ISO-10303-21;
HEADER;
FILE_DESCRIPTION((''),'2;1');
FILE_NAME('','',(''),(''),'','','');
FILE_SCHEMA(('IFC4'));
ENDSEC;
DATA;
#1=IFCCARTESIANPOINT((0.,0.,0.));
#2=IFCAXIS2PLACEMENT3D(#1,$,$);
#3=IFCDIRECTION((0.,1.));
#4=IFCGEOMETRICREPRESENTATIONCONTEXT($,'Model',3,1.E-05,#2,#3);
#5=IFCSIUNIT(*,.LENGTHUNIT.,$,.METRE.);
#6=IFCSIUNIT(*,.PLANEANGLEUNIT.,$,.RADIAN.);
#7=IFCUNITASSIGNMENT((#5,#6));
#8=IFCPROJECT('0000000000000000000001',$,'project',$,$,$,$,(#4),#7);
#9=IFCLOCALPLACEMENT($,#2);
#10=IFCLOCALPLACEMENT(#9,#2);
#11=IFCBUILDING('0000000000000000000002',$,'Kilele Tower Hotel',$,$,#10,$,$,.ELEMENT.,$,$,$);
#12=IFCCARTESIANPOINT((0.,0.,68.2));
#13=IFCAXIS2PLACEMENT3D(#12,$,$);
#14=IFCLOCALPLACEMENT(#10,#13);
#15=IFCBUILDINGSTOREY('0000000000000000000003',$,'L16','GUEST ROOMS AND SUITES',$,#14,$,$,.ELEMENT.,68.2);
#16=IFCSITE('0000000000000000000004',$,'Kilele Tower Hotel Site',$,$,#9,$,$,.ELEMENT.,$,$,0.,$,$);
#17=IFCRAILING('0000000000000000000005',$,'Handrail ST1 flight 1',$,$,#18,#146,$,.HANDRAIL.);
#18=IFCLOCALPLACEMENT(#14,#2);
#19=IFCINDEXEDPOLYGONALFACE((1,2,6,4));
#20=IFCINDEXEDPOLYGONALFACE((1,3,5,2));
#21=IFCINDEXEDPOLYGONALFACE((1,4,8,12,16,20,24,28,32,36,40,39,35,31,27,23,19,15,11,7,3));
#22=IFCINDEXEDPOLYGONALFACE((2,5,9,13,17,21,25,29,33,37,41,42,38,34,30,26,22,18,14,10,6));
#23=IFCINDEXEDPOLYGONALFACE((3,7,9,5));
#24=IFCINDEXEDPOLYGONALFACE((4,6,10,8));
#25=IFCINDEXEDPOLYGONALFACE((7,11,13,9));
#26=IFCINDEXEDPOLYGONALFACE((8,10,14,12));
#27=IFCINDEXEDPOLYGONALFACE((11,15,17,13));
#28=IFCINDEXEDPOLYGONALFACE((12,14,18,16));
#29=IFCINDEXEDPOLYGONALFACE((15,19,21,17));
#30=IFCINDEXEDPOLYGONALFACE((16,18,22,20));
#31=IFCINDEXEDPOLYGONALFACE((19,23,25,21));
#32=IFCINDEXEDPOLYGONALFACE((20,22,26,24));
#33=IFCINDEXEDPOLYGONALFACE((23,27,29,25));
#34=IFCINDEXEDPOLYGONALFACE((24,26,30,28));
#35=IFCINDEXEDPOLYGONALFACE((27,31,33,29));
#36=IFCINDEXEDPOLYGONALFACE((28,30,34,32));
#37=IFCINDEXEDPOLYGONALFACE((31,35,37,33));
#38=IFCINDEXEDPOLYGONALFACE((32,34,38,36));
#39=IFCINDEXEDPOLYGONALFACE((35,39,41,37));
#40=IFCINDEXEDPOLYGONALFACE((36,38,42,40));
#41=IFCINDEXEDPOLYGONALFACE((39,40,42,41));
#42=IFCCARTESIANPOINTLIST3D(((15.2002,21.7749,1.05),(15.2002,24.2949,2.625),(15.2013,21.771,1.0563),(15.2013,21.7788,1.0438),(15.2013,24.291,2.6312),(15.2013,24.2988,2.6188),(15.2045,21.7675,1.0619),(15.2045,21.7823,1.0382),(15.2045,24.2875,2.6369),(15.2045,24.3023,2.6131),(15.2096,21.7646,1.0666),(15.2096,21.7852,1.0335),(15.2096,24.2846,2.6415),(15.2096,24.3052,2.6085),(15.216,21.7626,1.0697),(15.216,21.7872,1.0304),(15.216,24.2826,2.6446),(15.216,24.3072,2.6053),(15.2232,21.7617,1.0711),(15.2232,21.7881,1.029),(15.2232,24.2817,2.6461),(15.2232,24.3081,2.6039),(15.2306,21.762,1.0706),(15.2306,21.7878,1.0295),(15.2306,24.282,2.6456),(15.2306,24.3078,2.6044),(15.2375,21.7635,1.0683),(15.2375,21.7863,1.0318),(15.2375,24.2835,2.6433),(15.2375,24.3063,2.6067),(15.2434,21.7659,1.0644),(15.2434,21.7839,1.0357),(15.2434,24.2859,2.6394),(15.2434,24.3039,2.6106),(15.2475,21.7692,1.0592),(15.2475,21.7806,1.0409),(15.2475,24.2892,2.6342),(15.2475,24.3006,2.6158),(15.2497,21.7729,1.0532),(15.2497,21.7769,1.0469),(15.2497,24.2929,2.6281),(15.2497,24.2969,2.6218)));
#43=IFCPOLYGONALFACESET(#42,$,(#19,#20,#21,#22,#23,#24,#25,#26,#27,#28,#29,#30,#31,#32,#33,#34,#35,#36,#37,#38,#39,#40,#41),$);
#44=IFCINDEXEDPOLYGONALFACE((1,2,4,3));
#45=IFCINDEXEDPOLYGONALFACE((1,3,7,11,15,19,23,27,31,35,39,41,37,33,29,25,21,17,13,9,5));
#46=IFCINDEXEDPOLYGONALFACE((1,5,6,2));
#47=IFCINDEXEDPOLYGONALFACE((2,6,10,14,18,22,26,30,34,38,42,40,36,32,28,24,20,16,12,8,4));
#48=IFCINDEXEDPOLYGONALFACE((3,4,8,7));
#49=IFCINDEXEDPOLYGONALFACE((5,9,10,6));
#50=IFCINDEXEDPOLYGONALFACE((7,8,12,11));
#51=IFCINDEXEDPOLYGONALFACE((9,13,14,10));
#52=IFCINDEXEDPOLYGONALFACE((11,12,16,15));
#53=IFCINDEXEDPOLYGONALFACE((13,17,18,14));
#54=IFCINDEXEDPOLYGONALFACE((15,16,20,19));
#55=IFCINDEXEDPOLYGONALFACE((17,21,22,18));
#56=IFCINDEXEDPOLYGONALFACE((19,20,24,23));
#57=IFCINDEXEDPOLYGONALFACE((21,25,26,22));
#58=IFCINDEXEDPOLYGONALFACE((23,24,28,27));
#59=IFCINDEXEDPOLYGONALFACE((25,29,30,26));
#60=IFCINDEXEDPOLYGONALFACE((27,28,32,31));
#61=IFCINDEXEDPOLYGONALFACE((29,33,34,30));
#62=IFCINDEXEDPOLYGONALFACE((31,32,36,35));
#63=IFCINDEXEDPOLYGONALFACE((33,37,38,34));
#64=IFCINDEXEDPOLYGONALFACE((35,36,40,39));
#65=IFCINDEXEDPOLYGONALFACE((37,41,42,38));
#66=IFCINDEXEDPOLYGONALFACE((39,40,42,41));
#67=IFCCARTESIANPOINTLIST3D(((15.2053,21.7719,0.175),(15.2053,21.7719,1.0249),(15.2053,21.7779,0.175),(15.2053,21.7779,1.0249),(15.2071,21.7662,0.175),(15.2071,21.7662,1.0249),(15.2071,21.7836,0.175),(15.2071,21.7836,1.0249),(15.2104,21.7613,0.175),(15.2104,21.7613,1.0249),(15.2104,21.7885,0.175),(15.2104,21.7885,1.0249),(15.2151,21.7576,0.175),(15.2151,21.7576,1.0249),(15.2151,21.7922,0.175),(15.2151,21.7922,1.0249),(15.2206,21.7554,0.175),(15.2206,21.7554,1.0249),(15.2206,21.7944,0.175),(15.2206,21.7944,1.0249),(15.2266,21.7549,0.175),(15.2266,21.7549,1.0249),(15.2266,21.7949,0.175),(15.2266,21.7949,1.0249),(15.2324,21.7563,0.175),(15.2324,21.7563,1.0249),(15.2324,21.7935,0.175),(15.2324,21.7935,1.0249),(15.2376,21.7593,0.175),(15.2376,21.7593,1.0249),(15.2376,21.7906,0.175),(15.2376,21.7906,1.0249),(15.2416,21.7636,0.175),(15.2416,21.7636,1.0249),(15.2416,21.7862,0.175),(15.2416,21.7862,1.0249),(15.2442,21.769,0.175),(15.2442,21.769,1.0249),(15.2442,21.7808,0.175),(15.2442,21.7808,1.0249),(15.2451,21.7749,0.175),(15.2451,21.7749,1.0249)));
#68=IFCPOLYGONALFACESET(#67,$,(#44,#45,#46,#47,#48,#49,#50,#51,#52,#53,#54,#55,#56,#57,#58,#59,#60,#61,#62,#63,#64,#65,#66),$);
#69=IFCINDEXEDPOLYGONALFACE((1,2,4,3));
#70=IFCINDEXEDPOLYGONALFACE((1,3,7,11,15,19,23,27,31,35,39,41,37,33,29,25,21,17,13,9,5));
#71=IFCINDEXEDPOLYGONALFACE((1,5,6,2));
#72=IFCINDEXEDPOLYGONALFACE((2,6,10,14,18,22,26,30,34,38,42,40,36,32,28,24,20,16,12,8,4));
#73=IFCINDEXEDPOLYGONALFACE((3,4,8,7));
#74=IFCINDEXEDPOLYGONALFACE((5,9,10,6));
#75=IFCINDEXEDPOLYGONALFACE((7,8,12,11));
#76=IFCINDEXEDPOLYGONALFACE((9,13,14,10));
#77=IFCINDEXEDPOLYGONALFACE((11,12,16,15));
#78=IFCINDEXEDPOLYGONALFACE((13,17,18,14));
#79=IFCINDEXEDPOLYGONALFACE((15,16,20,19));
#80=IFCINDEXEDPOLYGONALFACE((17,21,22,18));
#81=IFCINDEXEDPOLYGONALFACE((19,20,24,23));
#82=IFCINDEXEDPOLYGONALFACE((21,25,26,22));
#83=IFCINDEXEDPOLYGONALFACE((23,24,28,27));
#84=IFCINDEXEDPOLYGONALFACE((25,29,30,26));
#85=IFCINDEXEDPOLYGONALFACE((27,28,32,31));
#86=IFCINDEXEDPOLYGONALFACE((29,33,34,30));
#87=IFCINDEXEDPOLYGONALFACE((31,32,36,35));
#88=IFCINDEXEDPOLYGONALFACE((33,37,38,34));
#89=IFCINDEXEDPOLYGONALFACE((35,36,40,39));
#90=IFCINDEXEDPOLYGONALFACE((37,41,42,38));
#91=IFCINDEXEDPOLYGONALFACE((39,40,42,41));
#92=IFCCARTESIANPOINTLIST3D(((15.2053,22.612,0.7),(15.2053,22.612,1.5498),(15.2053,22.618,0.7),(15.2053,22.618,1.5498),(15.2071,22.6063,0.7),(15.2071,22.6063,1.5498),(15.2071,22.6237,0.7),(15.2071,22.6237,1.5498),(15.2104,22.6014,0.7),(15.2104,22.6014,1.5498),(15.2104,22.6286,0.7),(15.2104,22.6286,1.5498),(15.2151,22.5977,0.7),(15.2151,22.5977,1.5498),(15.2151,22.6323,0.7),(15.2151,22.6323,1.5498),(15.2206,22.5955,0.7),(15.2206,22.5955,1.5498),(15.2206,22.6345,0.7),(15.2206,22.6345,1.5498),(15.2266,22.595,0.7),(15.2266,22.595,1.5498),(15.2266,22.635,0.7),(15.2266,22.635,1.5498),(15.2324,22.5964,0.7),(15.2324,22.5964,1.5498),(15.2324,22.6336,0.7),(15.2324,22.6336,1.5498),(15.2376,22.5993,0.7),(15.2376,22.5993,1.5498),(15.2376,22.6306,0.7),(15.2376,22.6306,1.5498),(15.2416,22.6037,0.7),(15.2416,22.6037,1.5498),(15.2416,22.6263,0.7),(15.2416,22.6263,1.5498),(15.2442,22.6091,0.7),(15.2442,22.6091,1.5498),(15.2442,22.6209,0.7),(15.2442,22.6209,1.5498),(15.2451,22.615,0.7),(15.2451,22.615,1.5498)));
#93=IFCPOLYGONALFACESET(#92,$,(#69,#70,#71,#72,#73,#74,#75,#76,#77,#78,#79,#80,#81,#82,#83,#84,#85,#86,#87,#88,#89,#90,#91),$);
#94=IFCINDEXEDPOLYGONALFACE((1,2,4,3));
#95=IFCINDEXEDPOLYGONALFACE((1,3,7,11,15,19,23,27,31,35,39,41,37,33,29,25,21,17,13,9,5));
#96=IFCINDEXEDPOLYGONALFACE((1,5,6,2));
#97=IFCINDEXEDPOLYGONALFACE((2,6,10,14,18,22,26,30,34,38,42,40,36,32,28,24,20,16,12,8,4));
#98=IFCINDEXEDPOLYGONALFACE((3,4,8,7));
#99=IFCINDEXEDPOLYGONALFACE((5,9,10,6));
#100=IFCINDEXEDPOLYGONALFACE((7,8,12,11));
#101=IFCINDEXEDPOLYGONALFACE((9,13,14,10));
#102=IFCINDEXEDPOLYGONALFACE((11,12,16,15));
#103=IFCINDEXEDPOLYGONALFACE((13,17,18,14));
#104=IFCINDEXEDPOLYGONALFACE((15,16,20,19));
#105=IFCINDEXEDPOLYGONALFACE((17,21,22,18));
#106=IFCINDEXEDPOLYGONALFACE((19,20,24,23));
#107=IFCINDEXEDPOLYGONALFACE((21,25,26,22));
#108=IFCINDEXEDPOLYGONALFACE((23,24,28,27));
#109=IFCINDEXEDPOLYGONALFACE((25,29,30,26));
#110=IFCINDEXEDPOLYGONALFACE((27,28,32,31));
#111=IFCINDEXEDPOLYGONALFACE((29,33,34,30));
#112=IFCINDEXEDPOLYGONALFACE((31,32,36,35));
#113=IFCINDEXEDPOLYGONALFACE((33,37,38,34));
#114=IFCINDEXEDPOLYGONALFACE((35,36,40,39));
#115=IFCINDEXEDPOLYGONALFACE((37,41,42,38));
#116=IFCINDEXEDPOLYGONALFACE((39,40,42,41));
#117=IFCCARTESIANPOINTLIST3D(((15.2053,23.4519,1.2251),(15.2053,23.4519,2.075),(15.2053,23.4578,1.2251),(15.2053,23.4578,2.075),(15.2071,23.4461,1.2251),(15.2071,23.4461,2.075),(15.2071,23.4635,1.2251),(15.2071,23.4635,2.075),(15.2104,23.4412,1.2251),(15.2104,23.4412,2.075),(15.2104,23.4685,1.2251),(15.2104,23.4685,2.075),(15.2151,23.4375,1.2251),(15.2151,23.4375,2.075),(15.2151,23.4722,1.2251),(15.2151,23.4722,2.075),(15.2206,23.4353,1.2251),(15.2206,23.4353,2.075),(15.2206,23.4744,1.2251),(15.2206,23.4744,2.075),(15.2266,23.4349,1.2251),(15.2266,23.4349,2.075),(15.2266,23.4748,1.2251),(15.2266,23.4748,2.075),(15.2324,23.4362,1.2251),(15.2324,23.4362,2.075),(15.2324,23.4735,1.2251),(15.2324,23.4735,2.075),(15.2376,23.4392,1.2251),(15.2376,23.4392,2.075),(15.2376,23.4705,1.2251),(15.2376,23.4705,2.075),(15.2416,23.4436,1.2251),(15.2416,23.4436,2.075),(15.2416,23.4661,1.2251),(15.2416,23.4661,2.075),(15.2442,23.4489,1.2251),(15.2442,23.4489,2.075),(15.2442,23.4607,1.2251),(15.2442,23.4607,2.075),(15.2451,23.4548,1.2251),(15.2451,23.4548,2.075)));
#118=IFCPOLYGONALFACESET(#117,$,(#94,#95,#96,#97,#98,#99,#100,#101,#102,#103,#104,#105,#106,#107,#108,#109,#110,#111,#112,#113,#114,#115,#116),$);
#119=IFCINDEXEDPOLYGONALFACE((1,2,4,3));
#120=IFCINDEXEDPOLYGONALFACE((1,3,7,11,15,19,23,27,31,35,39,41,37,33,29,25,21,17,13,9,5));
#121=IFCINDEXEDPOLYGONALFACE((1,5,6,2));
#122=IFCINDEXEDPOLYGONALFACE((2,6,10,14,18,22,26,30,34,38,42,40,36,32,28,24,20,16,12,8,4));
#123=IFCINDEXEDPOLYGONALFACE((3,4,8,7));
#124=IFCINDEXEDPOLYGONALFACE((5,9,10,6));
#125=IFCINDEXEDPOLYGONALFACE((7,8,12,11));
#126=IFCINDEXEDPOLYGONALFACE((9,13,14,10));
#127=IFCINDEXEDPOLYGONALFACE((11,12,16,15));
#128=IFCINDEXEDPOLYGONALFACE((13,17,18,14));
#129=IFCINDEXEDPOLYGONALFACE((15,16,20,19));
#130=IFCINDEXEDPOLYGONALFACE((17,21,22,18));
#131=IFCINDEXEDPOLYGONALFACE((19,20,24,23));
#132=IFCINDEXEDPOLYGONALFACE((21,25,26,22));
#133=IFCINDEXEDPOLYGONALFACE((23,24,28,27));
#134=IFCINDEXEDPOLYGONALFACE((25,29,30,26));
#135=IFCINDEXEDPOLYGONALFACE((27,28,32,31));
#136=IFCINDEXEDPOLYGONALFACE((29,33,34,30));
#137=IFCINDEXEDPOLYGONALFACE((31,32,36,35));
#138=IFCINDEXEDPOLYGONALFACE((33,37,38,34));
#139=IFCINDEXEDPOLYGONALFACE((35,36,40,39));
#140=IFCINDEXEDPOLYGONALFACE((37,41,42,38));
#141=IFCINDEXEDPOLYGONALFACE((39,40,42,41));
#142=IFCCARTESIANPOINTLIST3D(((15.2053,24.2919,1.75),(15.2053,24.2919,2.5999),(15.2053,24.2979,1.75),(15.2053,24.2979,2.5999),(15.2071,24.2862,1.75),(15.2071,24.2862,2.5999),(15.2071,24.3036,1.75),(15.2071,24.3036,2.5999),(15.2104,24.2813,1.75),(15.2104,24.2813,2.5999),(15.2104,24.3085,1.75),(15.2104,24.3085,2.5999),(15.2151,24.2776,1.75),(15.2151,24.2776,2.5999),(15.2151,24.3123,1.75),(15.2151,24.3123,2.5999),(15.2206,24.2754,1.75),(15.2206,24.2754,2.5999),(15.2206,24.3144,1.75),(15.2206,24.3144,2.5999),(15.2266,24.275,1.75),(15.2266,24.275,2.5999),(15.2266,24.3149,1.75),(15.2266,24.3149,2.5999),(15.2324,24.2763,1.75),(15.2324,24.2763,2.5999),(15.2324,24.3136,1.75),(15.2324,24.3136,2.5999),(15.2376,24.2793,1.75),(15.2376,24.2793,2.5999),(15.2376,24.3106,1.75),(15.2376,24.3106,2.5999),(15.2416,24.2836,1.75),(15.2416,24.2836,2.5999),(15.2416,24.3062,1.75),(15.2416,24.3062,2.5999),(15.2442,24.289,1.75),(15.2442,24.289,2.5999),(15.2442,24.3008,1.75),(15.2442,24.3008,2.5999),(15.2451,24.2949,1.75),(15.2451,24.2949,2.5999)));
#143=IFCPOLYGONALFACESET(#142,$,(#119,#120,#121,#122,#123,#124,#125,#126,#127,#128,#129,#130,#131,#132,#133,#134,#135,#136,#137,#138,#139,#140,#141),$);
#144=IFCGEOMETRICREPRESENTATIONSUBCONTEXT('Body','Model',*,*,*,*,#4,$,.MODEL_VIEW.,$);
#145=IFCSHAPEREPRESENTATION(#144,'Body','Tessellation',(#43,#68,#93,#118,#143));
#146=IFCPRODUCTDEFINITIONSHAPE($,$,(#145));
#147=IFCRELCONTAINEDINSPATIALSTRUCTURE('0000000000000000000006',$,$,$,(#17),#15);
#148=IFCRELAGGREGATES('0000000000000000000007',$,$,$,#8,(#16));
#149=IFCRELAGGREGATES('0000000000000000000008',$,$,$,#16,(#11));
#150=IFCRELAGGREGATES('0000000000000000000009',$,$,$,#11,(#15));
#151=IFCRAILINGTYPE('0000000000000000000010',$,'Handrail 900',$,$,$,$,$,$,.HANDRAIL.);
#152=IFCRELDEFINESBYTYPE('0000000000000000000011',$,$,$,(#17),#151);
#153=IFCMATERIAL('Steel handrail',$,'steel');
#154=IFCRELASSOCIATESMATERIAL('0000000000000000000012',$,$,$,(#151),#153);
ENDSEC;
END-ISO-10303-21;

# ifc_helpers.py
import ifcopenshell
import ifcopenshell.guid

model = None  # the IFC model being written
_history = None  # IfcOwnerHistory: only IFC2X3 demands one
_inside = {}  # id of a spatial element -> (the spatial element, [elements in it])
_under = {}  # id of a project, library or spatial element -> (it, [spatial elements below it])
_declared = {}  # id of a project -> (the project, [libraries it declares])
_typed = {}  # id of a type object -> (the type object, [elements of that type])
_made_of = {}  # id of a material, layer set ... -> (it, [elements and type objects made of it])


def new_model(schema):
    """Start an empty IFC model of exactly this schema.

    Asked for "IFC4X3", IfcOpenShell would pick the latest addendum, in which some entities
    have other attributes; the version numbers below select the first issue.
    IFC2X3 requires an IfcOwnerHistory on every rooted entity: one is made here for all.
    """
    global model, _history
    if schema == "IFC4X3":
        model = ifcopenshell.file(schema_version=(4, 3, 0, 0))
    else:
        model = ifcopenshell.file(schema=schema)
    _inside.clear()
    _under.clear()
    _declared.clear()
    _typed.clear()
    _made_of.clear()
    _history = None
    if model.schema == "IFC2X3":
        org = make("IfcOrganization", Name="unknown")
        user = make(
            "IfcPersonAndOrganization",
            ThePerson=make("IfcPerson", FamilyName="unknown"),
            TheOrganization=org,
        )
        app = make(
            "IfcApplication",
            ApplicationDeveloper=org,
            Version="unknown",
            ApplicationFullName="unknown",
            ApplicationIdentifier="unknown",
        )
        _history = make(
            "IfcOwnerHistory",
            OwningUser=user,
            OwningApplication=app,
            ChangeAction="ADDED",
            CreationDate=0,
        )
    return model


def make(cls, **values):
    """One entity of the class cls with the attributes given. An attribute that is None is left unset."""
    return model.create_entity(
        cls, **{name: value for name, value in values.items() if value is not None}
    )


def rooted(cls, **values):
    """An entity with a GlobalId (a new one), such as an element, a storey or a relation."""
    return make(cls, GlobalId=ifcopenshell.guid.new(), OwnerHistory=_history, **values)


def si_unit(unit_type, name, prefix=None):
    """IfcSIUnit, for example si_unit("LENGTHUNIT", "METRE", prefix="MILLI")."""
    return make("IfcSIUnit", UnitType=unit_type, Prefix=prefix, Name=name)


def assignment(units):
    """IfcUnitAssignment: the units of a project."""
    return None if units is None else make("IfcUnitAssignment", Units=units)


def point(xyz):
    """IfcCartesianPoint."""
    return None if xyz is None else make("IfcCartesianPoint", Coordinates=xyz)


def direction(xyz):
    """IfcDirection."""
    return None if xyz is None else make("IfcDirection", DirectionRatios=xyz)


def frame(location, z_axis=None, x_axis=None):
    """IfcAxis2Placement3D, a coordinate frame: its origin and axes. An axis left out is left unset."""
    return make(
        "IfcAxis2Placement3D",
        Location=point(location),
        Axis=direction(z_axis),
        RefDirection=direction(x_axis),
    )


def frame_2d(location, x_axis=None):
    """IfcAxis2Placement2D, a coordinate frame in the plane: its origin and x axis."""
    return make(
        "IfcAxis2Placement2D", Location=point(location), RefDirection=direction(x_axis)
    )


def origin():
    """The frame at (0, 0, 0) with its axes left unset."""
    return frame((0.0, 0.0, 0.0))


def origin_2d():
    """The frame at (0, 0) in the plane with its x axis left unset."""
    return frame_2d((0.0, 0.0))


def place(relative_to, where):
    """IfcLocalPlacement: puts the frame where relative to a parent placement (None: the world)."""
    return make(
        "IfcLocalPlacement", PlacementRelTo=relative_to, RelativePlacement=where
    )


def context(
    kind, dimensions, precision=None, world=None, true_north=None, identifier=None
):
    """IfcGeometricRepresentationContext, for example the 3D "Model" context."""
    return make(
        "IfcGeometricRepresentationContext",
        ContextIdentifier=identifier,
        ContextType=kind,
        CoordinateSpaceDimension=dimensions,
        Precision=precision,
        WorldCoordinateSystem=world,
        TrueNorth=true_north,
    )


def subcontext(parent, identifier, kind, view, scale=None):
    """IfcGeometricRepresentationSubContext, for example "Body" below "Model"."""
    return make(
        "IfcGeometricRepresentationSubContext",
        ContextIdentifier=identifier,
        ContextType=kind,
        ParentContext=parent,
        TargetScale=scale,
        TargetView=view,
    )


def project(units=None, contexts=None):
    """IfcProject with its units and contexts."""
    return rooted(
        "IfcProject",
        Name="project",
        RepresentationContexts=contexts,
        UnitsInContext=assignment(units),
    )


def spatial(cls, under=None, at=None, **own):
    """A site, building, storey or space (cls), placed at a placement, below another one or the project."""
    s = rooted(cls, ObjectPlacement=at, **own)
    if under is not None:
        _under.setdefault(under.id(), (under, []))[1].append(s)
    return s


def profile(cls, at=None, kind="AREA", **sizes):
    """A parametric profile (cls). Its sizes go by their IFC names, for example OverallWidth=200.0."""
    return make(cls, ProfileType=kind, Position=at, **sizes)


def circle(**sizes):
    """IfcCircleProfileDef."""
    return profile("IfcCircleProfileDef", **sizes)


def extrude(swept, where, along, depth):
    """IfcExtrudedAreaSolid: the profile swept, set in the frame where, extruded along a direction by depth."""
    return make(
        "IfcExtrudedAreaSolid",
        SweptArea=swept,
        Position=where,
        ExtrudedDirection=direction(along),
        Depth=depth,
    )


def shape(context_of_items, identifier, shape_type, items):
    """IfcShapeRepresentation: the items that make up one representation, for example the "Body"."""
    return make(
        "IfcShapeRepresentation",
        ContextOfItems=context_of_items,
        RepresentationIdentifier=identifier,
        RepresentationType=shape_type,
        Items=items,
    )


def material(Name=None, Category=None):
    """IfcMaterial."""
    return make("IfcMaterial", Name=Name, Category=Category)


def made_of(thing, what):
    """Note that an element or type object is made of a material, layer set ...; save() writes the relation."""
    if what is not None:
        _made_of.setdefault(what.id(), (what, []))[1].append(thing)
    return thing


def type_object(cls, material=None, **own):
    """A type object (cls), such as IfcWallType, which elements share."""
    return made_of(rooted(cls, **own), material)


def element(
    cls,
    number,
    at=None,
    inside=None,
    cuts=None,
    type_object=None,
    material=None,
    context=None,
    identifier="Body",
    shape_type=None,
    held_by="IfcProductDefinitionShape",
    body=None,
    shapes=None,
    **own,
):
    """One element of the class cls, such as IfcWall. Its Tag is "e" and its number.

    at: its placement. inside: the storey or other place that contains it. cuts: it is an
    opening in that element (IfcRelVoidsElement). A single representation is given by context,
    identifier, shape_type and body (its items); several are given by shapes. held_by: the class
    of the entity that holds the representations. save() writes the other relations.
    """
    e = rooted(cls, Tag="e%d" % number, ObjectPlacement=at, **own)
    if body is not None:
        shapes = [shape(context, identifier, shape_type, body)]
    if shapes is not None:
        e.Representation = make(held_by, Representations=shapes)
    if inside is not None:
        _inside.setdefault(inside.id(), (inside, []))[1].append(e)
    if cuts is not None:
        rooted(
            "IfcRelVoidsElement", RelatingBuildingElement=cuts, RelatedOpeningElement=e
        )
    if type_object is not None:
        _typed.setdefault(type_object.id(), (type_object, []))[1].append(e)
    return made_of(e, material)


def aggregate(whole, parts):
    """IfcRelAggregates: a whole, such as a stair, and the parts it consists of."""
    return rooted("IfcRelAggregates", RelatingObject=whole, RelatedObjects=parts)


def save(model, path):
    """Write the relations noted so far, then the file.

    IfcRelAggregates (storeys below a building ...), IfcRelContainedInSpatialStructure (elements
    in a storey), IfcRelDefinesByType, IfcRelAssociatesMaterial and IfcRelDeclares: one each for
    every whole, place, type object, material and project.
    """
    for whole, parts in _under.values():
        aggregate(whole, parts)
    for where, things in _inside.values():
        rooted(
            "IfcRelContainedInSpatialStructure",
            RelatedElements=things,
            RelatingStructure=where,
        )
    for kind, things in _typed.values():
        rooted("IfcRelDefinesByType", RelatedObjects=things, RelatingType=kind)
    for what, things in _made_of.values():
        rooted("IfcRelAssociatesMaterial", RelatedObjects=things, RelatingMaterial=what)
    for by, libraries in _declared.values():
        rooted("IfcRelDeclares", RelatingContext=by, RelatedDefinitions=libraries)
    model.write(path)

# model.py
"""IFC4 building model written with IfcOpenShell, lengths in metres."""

from ifc_helpers import new_model, si_unit, direction, frame, origin, origin_2d, place, context, subcontext, project, spatial, circle, extrude, material, type_object, element, save


model = new_model("IFC4")

# Units and contexts
model_context = context("Model", 3, precision=1e-05, world=origin(), true_north=direction((0.0, 1.0)))
body_context = subcontext(model_context, "Body", "Model", "MODEL_VIEW")
ifc_project = project(units=[si_unit("LENGTHUNIT", "METRE"), si_unit("PLANEANGLEUNIT", "RADIAN")], contexts=[model_context])

# Site, building, storey
site_placement = place(None, origin())
site = spatial("IfcSite", under=ifc_project, at=site_placement, Name="Kilele Tower Hotel Site", CompositionType="ELEMENT", RefElevation=0.0)
building_placement = place(site_placement, origin())
building = spatial("IfcBuilding", under=site, at=building_placement, Name="Kilele Tower Hotel", CompositionType="ELEMENT")
storey_placement = place(building_placement, frame((0.0, 0.0, 68.2)))
storey = spatial("IfcBuildingStorey", under=building, at=storey_placement, Name="L16", Description="GUEST ROOMS AND SUITES", CompositionType="ELEMENT", Elevation=68.2)

# Railing
ifc_material_1 = material(Name="Steel handrail", Category="steel")
railing_type_1 = type_object("IfcRailingType", Name="Handrail 900", PredefinedType="HANDRAIL", material=ifc_material_1)
for number, where, name in (
    (1, (15.2251, 21.7749, 0.175), "Handrail ST1 flight 1"),
):
    element("IfcRailing", number, at=place(storey_placement, frame(where)), inside=storey, type_object=railing_type_1, Name=name, PredefinedType="HANDRAIL", context=body_context, shape_type="SweptSolid", body=[
        extrude(circle(Radius=0.0249, at=origin_2d()), frame((0.0, 0.0, 0.875), z_axis=(0.0, 0.848008, 0.529984), x_axis=(-1.0, 0.0, 0.0)), (0.0, 0.0, 1.0), 2.9717),
        extrude(circle(Radius=0.02, at=origin_2d()), origin(), (0.0, 0.0, 1.0), 0.8499),
        extrude(circle(Radius=0.02, at=origin_2d()), frame((0.0, 0.8401, 0.5249)), (0.0, 0.0, 1.0), 0.8499),
        extrude(circle(Radius=0.02, at=origin_2d()), frame((0.0, 1.6799, 1.05)), (0.0, 0.0, 1.0), 0.8499),
        extrude(circle(Radius=0.02, at=origin_2d()), frame((0.0, 2.52, 1.575)), (0.0, 0.0, 1.0), 0.8499),
    ])

save(model, "model.ifc")
